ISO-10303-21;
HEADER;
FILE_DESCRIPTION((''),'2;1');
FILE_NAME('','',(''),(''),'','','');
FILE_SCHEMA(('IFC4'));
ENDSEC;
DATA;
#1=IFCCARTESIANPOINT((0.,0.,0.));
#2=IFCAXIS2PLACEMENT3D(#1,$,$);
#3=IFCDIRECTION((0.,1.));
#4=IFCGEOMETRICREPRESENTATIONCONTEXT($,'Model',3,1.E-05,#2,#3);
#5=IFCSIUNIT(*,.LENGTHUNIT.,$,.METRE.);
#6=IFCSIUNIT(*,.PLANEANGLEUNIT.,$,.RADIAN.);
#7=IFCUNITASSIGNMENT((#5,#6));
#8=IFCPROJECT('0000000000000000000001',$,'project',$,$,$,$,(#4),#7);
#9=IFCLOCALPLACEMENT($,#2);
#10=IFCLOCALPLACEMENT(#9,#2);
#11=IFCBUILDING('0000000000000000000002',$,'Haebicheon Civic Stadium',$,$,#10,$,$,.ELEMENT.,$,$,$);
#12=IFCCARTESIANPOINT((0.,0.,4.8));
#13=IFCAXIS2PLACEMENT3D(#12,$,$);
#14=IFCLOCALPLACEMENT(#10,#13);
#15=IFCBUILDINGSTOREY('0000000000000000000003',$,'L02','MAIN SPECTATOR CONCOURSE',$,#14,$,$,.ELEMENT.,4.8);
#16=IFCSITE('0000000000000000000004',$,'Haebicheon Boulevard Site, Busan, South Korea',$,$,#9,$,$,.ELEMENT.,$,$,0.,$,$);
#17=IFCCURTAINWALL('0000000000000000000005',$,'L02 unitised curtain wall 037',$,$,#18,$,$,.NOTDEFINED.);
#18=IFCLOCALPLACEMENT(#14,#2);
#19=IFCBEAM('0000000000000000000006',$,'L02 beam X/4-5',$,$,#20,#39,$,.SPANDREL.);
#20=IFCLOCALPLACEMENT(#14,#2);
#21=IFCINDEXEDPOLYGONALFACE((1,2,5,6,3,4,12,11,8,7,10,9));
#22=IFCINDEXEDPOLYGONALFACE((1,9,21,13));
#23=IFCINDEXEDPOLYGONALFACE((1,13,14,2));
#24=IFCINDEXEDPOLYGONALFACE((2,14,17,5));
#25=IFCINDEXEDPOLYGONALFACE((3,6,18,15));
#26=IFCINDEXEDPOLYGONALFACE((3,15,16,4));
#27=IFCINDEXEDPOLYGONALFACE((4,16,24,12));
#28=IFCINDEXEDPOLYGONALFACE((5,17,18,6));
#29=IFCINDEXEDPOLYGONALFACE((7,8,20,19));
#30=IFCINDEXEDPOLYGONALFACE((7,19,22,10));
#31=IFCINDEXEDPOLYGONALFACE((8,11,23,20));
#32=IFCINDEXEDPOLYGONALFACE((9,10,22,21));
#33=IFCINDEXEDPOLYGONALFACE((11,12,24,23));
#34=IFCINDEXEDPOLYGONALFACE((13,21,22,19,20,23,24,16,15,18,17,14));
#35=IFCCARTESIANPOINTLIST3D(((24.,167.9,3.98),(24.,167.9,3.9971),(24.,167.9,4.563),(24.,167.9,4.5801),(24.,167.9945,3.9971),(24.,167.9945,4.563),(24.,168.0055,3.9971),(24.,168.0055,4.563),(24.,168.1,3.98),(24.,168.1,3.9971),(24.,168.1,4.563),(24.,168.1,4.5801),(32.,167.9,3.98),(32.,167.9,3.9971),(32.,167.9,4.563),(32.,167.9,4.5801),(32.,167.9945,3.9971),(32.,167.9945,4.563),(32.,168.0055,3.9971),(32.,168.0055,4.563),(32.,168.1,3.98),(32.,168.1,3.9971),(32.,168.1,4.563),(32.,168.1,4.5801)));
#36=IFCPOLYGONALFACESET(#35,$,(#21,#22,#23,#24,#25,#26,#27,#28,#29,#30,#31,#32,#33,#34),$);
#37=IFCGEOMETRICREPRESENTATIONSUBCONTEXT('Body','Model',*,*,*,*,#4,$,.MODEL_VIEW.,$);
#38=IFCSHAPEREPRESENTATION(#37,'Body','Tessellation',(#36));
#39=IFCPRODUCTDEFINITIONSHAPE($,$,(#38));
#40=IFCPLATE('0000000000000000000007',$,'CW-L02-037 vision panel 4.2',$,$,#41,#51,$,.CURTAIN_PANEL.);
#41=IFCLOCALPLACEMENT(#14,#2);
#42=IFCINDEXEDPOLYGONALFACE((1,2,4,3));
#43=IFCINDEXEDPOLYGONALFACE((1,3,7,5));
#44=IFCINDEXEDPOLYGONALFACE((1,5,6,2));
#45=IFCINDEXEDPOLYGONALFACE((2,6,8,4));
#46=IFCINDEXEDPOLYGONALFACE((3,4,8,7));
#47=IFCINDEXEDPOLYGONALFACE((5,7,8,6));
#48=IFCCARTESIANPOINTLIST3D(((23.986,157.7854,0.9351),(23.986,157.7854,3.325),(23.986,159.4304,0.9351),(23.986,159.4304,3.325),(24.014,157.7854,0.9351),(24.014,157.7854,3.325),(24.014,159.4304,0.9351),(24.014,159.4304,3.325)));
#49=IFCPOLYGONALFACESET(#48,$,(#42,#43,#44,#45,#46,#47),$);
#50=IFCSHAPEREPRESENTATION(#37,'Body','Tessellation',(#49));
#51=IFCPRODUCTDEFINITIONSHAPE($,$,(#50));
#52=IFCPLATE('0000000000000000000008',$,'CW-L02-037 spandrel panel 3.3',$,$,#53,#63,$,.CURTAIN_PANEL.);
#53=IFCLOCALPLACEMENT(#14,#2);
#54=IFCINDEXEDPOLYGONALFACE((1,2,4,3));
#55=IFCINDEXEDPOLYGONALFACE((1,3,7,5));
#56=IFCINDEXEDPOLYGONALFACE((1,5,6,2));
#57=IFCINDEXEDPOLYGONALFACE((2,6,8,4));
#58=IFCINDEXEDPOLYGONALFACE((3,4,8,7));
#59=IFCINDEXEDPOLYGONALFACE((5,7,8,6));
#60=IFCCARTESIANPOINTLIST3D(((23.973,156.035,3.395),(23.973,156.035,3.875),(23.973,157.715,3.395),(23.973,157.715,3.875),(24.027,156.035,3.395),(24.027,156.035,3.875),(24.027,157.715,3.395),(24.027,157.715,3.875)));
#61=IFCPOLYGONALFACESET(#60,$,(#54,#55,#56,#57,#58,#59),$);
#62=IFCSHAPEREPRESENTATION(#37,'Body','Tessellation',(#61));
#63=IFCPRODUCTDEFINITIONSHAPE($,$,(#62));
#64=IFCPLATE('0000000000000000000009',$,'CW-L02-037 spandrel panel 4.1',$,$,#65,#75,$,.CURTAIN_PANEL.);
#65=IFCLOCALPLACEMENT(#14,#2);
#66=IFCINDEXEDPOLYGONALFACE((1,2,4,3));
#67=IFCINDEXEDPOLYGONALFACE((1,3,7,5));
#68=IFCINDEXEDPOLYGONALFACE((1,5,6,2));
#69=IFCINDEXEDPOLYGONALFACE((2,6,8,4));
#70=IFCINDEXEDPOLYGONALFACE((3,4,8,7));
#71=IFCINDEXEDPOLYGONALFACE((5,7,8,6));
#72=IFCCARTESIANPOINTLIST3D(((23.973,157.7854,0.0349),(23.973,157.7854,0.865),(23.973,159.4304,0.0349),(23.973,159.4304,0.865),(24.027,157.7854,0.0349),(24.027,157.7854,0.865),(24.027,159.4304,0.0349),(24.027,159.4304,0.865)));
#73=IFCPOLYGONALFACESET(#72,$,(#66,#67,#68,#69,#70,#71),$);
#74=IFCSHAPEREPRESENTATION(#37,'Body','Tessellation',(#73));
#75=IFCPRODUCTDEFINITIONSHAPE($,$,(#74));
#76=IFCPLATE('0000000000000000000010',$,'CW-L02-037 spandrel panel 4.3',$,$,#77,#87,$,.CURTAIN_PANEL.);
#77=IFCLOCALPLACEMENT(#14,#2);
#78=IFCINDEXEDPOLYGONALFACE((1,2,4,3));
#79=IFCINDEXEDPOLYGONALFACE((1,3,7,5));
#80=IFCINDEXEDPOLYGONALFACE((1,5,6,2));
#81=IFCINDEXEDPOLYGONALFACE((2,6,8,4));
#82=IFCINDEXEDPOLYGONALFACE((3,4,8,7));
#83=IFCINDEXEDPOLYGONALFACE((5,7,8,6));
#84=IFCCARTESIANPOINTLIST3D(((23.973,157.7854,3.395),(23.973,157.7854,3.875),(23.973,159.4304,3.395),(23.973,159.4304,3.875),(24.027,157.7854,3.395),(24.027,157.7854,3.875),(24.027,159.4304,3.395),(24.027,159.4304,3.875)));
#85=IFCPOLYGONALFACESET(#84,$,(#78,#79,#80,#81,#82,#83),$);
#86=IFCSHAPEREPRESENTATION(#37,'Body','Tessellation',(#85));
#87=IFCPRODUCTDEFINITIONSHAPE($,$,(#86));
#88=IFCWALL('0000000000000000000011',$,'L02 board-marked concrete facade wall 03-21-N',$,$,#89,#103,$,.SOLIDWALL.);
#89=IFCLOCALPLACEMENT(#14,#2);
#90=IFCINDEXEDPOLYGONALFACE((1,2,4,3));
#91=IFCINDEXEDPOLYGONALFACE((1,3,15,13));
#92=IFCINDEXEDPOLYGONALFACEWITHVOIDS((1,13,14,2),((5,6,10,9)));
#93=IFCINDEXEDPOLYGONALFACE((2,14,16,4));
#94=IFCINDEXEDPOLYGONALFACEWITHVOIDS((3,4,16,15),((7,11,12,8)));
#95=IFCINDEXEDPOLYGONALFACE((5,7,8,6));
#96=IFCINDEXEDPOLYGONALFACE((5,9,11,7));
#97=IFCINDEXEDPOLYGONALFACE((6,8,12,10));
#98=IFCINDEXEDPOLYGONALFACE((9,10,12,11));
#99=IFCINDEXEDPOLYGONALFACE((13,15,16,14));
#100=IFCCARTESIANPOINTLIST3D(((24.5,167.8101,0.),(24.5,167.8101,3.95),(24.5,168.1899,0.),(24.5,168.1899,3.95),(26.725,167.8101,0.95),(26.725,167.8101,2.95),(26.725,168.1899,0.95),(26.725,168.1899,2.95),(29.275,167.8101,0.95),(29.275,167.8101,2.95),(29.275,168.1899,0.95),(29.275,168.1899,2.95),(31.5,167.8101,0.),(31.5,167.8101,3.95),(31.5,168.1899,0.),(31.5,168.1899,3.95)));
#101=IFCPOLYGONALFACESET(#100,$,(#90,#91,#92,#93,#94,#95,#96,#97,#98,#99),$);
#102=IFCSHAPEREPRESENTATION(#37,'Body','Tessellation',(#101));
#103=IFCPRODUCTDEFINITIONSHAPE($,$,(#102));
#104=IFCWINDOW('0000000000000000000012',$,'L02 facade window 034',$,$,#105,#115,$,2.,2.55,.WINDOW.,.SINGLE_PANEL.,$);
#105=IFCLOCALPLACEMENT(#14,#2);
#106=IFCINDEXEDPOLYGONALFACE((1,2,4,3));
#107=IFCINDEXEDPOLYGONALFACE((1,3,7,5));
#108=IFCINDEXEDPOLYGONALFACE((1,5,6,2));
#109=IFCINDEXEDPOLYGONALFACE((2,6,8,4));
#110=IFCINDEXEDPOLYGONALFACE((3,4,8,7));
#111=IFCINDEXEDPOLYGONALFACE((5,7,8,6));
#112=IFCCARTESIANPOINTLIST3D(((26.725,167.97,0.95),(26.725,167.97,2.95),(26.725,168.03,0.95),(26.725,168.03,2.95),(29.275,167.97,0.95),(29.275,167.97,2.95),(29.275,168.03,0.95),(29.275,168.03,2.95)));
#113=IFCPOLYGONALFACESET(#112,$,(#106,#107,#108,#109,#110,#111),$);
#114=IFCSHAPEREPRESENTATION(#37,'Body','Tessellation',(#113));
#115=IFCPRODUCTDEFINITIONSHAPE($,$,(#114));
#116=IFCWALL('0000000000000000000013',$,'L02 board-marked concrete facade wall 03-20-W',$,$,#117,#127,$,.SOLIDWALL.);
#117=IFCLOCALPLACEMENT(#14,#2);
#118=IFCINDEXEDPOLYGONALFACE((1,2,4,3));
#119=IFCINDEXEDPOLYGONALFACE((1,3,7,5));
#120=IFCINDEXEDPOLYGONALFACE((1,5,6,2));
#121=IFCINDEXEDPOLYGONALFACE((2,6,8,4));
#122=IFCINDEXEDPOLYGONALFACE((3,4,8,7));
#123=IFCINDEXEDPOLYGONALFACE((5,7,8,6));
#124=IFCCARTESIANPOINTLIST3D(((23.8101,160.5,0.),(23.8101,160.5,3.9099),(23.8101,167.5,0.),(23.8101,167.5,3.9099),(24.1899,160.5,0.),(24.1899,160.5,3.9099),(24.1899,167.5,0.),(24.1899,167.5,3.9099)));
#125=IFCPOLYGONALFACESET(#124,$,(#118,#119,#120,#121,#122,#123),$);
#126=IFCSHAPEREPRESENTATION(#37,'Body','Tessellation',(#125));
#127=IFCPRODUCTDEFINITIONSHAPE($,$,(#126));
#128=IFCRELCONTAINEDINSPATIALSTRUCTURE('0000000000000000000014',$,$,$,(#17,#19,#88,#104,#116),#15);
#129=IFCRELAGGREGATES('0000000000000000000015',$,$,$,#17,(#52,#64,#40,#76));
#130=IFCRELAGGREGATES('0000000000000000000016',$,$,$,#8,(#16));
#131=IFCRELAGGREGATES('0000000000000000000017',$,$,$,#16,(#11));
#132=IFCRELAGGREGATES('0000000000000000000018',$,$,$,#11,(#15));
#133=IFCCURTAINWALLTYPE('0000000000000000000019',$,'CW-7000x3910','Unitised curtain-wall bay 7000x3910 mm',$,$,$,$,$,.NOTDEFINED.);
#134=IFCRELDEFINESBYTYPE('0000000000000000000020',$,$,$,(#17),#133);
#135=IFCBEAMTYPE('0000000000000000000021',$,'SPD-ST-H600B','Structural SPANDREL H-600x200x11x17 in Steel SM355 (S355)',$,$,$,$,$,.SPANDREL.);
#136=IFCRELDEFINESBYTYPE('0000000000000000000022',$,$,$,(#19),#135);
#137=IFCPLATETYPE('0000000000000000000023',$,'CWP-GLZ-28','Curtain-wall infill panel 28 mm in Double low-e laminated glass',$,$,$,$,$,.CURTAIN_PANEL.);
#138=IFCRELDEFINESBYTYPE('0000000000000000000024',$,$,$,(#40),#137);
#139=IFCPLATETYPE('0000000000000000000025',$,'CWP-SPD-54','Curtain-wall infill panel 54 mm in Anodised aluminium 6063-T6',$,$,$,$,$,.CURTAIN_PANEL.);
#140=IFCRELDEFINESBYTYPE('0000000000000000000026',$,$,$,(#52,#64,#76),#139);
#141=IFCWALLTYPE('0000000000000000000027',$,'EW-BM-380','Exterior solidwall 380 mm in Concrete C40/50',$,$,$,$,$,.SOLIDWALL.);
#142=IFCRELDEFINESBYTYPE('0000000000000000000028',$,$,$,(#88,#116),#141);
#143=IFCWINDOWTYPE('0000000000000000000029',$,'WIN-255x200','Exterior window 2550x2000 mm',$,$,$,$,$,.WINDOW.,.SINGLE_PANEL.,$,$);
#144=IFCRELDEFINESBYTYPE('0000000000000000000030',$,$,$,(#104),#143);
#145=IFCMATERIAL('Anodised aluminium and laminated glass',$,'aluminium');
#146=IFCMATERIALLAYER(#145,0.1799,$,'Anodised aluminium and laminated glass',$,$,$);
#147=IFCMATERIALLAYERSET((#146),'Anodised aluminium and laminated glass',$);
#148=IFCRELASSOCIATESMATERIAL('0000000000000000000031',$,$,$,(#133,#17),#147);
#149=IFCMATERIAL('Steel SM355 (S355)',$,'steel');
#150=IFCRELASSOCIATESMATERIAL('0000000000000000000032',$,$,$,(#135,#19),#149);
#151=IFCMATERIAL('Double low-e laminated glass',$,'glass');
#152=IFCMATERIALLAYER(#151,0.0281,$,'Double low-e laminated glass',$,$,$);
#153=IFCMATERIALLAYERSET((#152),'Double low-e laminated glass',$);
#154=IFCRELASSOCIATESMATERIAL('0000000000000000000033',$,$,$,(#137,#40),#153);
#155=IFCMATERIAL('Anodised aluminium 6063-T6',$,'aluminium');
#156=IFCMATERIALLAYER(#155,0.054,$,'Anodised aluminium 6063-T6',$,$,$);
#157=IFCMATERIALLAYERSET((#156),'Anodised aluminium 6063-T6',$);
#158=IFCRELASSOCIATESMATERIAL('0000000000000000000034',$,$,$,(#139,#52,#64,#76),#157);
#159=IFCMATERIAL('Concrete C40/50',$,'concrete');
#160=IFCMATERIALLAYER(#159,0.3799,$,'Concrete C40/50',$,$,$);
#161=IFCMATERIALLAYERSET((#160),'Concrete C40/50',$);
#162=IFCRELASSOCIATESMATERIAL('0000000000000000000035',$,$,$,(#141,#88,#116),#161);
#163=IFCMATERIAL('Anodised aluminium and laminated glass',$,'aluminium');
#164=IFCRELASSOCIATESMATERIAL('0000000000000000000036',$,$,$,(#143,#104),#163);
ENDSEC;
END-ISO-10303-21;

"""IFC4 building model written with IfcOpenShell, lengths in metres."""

from ifc_helpers import new_model, si_unit, direction, frame, frame_2d, origin, origin_2d, place, context, subcontext, project, spatial, rectangle, i_section, extrude, material, layer, layer_set, material_profile, profile_set, type_object, element, fill, aggregate, save


model = new_model("IFC4")

# Units and contexts
model_context = context("Model", 3, precision=1e-05, world=origin(), true_north=direction((0.0, 1.0)))
body_context = subcontext(model_context, "Body", "Model", "MODEL_VIEW")
ifc_project = project(units=[si_unit("LENGTHUNIT", "METRE"), si_unit("PLANEANGLEUNIT", "RADIAN")], contexts=[model_context])

# Site, building, storey
site_placement = place(None, origin())
site = spatial("IfcSite", under=ifc_project, at=site_placement, Name="Haebicheon Boulevard Site, Busan, South Korea", CompositionType="ELEMENT", RefElevation=0.0)
building_placement = place(site_placement, origin())
building = spatial("IfcBuilding", under=site, at=building_placement, Name="Haebicheon Civic Stadium", CompositionType="ELEMENT")
storey_placement = place(building_placement, frame((0.0, 0.0, 4.8)))
storey = spatial("IfcBuildingStorey", under=building, at=storey_placement, Name="L02", Description="MAIN SPECTATOR CONCOURSE", CompositionType="ELEMENT", Elevation=4.8)

# Curtain wall
ifc_material_1 = material(Name="Anodised aluminium and laminated glass", Category="aluminium")
ifc_layer_1 = layer(ifc_material_1, 0.1799, Name="Anodised aluminium and laminated glass")
ifc_layer_set_1 = layer_set([ifc_layer_1], Name="Anodised aluminium and laminated glass")
curtain_wall_type = type_object("IfcCurtainWallType", Name="CW-7000x3910", Description="Unitised curtain-wall bay 7000x3910 mm", PredefinedType="NOTDEFINED", material=ifc_layer_set_1)
curtain_wall_placement = place(storey_placement, origin())
curtain_wall = element("IfcCurtainWall", 1, at=curtain_wall_placement, inside=storey, type_object=curtain_wall_type, material=ifc_layer_set_1, Name="L02 unitised curtain wall 037", PredefinedType="NOTDEFINED")

# Beam
ifc_material_2 = material(Name="Steel SM355 (S355)", Category="steel")
ifc_material_profile_1 = material_profile(ifc_material_2, i_section(OverallWidth=0.2, OverallDepth=0.6001, WebThickness=0.011, FlangeThickness=0.0171, at=origin_2d()), Name="H-600x200x11x17")
ifc_profile_set_1 = profile_set([ifc_material_profile_1], Name="Steel SM355 (S355)")
beam_type_1 = type_object("IfcBeamType", Name="SPD-ST-H600B", Description="Structural SPANDREL H-600x200x11x17 in Steel SM355 (S355)", PredefinedType="SPANDREL", material=ifc_profile_set_1)
for number, where, z_axis, x_axis, name in (
    (2, (24.0, 168.0, 4.28), (1.0, 0.0, 0.0), (0.0, 1.0, 0.0), "L02 beam X/4-5"),
):
    element("IfcBeam", number, at=place(storey_placement, frame(where, z_axis=z_axis, x_axis=x_axis)), inside=storey, type_object=beam_type_1, material=ifc_profile_set_1, Name=name, PredefinedType="SPANDREL", context=body_context, shape_type="SweptSolid", body=[
        extrude(i_section(OverallWidth=0.2, OverallDepth=0.6001, WebThickness=0.011, FlangeThickness=0.0171, at=origin_2d()), origin(), (0.0, 0.0, 1.0), 8.0),
    ])

# Plates
ifc_material_3 = material(Name="Double low-e laminated glass", Category="glass")
ifc_layer_2 = layer(ifc_material_3, 0.0281, Name="Double low-e laminated glass")
ifc_layer_set_2 = layer_set([ifc_layer_2], Name="Double low-e laminated glass")
plate_type_1 = type_object("IfcPlateType", Name="CWP-GLZ-28", Description="Curtain-wall infill panel 28 mm in Double low-e laminated glass", PredefinedType="CURTAIN_PANEL", material=ifc_layer_set_2)
plate_1_placement = place(storey_placement, frame((24.0, 158.6079, 0.9351), z_axis=(0.0, 0.0, 1.0), x_axis=(0.0, 1.0, 0.0)))
plate_1 = element("IfcPlate", 3, at=plate_1_placement, type_object=plate_type_1, material=ifc_layer_set_2, Name="CW-L02-037 vision panel 4.2", PredefinedType="CURTAIN_PANEL", context=body_context, shape_type="SweptSolid", body=[
    extrude(rectangle(XDim=1.645, YDim=0.0281, at=origin_2d()), origin(), (0.0, 0.0, 1.0), 2.3899),
])
ifc_material_4 = material(Name="Anodised aluminium 6063-T6", Category="aluminium")
ifc_layer_3 = layer(ifc_material_4, 0.054, Name="Anodised aluminium 6063-T6")
ifc_layer_set_3 = layer_set([ifc_layer_3], Name="Anodised aluminium 6063-T6")
plate_type_2 = type_object("IfcPlateType", Name="CWP-SPD-54", Description="Curtain-wall infill panel 54 mm in Anodised aluminium 6063-T6", PredefinedType="CURTAIN_PANEL", material=ifc_layer_set_3)
plate_2_placement = place(storey_placement, frame((24.0, 156.875, 3.395), z_axis=(0.0, 0.0, 1.0), x_axis=(0.0, 1.0, 0.0)))
plate_2 = element("IfcPlate", 4, at=plate_2_placement, type_object=plate_type_2, material=ifc_layer_set_3, Name="CW-L02-037 spandrel panel 3.3", PredefinedType="CURTAIN_PANEL", context=body_context, shape_type="SweptSolid", body=[
    extrude(rectangle(XDim=1.6799, YDim=0.054, at=origin_2d()), origin(), (0.0, 0.0, 1.0), 0.48),
])
plate_3_placement = place(storey_placement, frame((24.0, 158.6079, 0.0349), z_axis=(0.0, 0.0, 1.0), x_axis=(0.0, 1.0, 0.0)))
plate_3 = element("IfcPlate", 5, at=plate_3_placement, type_object=plate_type_2, material=ifc_layer_set_3, Name="CW-L02-037 spandrel panel 4.1", PredefinedType="CURTAIN_PANEL", context=body_context, shape_type="SweptSolid", body=[
    extrude(rectangle(XDim=1.645, YDim=0.054, at=origin_2d()), origin(), (0.0, 0.0, 1.0), 0.8301),
])
plate_4_placement = place(storey_placement, frame((24.0, 158.6079, 3.395), z_axis=(0.0, 0.0, 1.0), x_axis=(0.0, 1.0, 0.0)))
plate_4 = element("IfcPlate", 6, at=plate_4_placement, type_object=plate_type_2, material=ifc_layer_set_3, Name="CW-L02-037 spandrel panel 4.3", PredefinedType="CURTAIN_PANEL", context=body_context, shape_type="SweptSolid", body=[
    extrude(rectangle(XDim=1.645, YDim=0.054, at=origin_2d()), origin(), (0.0, 0.0, 1.0), 0.48),
])
aggregate(curtain_wall, [plate_2, plate_3, plate_1, plate_4])

# Wall, opening, window
ifc_material_5 = material(Name="Concrete C40/50", Category="concrete")
ifc_layer_4 = layer(ifc_material_5, 0.3799, Name="Concrete C40/50")
ifc_layer_set_4 = layer_set([ifc_layer_4], Name="Concrete C40/50")
wall_type = type_object("IfcWallType", Name="EW-BM-380", Description="Exterior solidwall 380 mm in Concrete C40/50", PredefinedType="SOLIDWALL", material=ifc_layer_set_4)
wall_1_placement = place(storey_placement, frame((24.5, 168.0, 0.0), z_axis=(0.0, 0.0, 1.0), x_axis=(1.0, 0.0, 0.0)))
wall_1 = element("IfcWall", 7, at=wall_1_placement, inside=storey, type_object=wall_type, material=ifc_layer_set_4, Name="L02 board-marked concrete facade wall 03-21-N", PredefinedType="SOLIDWALL", context=body_context, shape_type="SweptSolid", body=[
    extrude(rectangle(XDim=7.0, YDim=0.3799, at=frame_2d((3.5, 0.0))), origin(), (0.0, 0.0, 1.0), 3.95),
])
opening_placement = place(wall_1_placement, frame((2.2251, 0.0, 0.95)))
opening = element("IfcOpeningElement", 8, at=opening_placement, cuts=wall_1, PredefinedType="OPENING", context=body_context, shape_type="SweptSolid", body=[
    extrude(rectangle(XDim=2.55, YDim=2.0, at=frame_2d((1.2749, 1.0))), frame((0.0, 0.2, 0.0), z_axis=(0.0, -1.0, 0.0), x_axis=(1.0, 0.0, 0.0)), (0.0, 0.0, 1.0), 0.3999),
])
ifc_material_6 = material(Name="Anodised aluminium and laminated glass", Category="aluminium")
window_type = type_object("IfcWindowType", Name="WIN-255x200", Description="Exterior window 2550x2000 mm", PartitioningType="SINGLE_PANEL", PredefinedType="WINDOW", material=ifc_material_6)
window_placement = place(opening_placement, origin())
window = element("IfcWindow", 9, at=window_placement, inside=storey, type_object=window_type, material=ifc_material_6, Name="L02 facade window 034", OverallHeight=2.0, OverallWidth=2.55, PartitioningType="SINGLE_PANEL", PredefinedType="WINDOW", context=body_context, shape_type="SweptSolid", body=[
    extrude(rectangle(XDim=2.55, YDim=2.0, at=frame_2d((1.2749, 1.0))), frame((0.0, 0.03, 0.0), z_axis=(0.0, -1.0, 0.0), x_axis=(1.0, 0.0, 0.0)), (0.0, 0.0, 1.0), 0.0601),
])
fill(opening, window)

# Wall
wall_2_placement = place(storey_placement, frame((24.0, 160.5, 0.0), z_axis=(0.0, 0.0, 1.0), x_axis=(0.0, 1.0, 0.0)))
element("IfcWall", 10, at=wall_2_placement, inside=storey, type_object=wall_type, material=ifc_layer_set_4, Name="L02 board-marked concrete facade wall 03-20-W", PredefinedType="SOLIDWALL", context=body_context, shape_type="SweptSolid", body=[
    extrude(rectangle(XDim=7.0, YDim=0.3799, at=frame_2d((3.5, 0.0))), origin(), (0.0, 0.0, 1.0), 3.9099),
])

save(model, "model.ifc")
